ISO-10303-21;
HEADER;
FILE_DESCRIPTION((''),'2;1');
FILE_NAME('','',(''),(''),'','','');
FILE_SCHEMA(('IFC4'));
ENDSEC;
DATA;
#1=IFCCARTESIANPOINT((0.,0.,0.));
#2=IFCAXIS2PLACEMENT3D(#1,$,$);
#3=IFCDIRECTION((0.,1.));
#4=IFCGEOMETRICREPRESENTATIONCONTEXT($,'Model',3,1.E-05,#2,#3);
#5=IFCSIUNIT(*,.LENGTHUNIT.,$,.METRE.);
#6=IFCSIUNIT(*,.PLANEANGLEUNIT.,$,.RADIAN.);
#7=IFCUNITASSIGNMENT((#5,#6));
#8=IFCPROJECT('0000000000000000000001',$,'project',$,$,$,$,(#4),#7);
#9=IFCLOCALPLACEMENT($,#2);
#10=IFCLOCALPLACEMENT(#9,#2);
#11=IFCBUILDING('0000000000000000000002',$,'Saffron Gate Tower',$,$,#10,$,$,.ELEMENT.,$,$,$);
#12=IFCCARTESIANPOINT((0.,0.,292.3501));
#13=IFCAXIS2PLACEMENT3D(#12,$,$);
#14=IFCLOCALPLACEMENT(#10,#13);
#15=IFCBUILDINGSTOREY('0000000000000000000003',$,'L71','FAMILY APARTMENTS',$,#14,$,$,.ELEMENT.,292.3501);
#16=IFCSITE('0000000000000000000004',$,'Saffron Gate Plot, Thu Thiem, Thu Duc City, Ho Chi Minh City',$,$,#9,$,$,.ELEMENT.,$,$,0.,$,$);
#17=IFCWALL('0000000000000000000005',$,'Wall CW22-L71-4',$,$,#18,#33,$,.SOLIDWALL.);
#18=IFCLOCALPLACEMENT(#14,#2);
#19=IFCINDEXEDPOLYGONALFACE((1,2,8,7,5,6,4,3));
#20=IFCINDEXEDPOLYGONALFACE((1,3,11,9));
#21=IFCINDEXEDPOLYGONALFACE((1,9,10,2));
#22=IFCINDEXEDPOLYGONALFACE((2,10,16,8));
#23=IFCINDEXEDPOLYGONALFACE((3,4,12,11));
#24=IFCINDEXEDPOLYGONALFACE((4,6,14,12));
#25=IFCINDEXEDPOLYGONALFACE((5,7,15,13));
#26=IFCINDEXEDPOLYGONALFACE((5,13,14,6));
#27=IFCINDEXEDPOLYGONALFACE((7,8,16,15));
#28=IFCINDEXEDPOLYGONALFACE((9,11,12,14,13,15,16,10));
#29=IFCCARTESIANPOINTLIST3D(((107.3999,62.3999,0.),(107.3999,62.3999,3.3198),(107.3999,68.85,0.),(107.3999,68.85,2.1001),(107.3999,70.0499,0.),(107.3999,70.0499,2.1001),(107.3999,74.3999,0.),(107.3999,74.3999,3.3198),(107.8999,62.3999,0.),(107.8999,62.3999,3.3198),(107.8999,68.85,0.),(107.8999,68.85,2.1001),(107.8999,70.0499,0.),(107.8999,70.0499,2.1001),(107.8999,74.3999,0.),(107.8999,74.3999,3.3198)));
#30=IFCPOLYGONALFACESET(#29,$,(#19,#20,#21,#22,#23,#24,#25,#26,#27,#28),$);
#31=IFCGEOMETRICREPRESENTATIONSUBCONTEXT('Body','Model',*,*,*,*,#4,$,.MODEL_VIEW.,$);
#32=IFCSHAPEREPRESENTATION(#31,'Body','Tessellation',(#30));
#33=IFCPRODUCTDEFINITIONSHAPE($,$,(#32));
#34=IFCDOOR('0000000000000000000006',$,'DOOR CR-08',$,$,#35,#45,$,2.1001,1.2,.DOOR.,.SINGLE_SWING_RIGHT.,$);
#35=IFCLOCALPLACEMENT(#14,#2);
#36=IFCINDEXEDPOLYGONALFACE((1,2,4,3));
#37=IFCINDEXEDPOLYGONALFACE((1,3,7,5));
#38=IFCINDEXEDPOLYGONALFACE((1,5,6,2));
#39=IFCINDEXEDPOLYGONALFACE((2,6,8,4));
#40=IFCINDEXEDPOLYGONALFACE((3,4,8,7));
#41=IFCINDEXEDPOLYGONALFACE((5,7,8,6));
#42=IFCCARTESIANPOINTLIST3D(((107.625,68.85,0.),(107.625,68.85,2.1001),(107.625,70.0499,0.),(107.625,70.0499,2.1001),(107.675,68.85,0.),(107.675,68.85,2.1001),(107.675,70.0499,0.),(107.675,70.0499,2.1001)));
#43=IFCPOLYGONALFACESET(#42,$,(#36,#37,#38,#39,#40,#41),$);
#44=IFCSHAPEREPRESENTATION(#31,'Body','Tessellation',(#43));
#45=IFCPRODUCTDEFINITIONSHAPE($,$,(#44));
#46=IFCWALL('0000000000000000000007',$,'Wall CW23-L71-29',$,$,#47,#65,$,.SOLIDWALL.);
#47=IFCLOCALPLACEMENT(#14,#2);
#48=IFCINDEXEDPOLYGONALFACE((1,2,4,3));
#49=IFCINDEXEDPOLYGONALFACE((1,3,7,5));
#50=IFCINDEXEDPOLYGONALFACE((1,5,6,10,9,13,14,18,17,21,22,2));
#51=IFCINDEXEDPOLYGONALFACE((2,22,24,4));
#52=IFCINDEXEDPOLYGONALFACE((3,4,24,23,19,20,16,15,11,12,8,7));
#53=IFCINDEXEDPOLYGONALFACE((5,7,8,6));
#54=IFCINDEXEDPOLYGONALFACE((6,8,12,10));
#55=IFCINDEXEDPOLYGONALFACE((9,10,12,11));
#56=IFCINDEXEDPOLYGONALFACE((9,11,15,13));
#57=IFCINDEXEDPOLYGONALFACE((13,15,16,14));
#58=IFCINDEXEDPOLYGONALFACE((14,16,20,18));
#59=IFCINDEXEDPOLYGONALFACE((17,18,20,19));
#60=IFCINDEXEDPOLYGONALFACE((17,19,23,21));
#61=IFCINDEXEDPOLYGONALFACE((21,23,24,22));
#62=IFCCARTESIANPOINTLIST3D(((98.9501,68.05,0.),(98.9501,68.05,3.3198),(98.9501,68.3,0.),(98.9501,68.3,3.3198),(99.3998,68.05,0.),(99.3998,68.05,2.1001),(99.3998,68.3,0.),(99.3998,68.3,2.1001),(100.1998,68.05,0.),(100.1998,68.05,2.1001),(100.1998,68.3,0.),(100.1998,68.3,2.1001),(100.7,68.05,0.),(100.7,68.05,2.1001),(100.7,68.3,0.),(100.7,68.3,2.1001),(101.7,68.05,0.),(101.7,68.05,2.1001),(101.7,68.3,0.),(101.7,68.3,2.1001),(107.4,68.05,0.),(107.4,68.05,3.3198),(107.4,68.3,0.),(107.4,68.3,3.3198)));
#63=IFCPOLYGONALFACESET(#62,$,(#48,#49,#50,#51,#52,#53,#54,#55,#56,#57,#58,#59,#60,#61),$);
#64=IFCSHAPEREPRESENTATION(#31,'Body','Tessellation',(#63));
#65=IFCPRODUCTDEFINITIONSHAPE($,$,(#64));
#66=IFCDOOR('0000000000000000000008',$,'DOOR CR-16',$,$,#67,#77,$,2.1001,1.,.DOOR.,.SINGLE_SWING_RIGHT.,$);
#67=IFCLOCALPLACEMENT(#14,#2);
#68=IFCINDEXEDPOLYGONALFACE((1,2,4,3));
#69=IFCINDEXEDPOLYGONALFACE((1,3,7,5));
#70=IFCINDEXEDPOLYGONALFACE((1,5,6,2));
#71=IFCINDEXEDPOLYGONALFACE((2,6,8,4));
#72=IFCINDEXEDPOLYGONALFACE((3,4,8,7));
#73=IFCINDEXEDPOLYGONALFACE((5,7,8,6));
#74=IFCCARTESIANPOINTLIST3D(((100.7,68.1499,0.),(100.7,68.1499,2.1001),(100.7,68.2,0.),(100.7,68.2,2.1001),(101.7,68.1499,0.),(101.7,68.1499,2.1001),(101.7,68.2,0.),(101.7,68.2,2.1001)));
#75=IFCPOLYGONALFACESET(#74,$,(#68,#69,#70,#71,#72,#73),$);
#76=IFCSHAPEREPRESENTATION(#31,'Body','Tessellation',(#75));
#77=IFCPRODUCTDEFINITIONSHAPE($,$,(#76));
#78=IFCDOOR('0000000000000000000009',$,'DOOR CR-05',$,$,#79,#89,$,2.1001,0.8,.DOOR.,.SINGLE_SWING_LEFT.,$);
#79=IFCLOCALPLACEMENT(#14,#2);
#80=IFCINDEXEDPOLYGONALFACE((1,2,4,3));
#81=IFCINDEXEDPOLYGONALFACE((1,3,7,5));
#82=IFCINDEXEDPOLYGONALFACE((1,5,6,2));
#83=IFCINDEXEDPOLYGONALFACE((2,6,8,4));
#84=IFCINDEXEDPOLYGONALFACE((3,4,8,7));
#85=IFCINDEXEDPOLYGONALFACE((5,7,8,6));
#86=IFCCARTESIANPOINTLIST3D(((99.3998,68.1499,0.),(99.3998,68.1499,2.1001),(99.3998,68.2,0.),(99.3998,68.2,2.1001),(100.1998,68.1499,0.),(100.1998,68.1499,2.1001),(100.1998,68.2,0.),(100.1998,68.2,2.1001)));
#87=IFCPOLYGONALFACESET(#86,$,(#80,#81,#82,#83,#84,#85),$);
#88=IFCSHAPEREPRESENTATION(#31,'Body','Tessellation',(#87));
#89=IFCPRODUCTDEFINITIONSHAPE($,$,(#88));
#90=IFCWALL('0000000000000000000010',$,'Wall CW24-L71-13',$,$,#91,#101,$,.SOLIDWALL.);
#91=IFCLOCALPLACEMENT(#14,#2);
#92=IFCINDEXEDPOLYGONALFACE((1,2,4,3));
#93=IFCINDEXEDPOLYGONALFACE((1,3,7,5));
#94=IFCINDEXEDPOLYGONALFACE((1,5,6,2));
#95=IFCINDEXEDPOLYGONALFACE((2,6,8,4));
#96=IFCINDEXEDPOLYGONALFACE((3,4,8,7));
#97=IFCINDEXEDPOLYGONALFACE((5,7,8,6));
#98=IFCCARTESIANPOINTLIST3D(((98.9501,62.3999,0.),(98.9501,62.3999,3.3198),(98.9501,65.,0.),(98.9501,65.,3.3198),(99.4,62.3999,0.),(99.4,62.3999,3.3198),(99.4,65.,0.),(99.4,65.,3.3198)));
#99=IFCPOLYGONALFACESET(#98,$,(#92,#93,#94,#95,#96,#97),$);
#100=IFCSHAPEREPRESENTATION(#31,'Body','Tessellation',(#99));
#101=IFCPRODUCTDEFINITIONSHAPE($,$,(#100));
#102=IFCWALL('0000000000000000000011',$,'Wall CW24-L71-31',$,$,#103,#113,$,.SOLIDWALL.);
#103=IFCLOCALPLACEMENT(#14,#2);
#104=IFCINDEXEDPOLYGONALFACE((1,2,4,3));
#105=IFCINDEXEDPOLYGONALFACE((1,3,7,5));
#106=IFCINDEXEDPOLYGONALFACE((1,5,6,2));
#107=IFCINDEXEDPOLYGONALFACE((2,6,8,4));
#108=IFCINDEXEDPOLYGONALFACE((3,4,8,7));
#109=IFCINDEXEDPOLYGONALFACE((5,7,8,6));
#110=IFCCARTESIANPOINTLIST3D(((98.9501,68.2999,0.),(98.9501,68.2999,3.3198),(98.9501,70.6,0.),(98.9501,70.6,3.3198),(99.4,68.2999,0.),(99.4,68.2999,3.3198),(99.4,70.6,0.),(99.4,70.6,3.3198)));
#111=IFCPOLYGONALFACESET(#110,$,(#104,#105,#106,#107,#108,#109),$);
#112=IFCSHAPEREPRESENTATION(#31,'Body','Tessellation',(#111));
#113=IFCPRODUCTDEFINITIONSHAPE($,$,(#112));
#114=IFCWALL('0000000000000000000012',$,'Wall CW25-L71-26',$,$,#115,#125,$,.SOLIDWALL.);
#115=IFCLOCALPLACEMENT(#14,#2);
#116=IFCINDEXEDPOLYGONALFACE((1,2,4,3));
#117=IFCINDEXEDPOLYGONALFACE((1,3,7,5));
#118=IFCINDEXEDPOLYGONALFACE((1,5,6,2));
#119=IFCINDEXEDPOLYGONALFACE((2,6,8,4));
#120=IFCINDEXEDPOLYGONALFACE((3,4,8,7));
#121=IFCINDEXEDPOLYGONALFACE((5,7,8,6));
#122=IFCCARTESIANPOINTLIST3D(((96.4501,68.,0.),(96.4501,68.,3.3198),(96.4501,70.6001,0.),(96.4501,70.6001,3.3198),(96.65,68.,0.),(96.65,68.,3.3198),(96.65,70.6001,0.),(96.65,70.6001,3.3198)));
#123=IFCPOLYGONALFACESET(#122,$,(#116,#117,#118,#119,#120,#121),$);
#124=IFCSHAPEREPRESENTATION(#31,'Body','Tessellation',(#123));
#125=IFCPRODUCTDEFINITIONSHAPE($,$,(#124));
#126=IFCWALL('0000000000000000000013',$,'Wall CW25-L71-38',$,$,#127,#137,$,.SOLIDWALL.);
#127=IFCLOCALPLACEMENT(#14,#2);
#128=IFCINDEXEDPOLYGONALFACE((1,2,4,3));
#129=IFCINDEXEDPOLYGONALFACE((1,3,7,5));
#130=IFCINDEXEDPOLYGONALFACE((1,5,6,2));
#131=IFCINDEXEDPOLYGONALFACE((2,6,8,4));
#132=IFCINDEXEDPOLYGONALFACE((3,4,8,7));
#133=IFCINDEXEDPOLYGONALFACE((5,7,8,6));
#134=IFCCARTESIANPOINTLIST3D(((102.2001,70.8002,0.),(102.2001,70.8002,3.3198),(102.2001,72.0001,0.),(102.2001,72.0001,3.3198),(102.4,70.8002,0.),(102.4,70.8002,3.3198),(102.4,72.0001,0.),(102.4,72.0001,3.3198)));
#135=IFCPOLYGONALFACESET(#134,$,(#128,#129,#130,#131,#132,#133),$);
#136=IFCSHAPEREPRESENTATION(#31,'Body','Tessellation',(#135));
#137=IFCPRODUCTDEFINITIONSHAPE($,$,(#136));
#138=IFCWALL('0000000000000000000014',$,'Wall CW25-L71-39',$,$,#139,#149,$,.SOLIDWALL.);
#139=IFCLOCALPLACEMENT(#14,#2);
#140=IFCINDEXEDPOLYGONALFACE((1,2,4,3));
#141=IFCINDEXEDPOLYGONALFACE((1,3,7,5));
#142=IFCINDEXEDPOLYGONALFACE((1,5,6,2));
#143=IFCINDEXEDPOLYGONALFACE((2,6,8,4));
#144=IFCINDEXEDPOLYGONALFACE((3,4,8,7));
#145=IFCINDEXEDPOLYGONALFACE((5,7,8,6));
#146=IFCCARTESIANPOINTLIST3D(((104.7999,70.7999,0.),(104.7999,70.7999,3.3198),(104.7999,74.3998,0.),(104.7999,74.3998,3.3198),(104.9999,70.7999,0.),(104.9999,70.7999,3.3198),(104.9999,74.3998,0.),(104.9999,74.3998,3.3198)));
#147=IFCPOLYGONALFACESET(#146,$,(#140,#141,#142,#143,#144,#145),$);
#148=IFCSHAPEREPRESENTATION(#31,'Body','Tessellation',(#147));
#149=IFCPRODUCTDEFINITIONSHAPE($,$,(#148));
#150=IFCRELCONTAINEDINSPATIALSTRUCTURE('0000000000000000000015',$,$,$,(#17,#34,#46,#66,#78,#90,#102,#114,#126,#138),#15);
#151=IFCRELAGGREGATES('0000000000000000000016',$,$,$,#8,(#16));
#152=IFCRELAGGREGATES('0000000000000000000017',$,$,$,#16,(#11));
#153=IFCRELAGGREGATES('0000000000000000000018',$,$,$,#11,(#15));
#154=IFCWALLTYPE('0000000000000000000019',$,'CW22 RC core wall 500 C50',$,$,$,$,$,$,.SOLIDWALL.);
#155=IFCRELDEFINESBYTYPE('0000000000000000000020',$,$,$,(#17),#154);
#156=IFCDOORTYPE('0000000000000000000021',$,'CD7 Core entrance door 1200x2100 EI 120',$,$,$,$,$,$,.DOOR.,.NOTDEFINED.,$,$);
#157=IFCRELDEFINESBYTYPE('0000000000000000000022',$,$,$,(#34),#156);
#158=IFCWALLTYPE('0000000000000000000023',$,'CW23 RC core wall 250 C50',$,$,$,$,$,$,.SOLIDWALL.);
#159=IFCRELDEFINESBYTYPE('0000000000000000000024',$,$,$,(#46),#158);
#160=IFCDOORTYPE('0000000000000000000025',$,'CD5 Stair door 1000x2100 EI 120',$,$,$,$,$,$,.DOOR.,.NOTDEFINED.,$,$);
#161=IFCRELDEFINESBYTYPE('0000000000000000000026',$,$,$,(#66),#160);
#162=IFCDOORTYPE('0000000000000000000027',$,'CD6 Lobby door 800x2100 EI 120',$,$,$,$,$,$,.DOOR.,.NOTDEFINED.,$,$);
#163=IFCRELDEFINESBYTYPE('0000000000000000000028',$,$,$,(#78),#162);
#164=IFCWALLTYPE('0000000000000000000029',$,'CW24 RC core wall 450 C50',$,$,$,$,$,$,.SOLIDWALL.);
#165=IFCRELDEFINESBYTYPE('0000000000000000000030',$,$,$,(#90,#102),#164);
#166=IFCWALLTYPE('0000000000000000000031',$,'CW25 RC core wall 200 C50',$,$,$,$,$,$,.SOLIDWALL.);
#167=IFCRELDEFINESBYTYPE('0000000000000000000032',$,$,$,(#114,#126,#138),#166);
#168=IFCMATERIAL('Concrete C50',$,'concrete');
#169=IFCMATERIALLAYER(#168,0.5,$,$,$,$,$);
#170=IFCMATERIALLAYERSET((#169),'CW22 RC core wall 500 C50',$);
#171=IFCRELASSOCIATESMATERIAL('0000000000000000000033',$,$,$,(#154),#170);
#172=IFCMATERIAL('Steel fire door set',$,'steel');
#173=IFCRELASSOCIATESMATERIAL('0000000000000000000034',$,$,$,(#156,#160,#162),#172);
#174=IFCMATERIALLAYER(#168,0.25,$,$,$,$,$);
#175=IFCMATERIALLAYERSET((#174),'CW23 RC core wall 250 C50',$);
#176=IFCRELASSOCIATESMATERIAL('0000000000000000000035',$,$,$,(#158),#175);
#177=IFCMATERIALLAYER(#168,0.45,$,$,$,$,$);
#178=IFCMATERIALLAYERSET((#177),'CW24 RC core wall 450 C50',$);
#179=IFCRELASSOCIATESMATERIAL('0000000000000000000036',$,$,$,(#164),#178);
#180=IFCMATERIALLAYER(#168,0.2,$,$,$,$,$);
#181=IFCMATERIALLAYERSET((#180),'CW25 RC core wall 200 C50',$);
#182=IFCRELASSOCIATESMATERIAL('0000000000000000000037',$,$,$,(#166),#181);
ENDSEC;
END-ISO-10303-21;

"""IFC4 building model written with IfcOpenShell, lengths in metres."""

from ifc_helpers import new_model, si_unit, direction, frame, frame_2d, origin, place, context, subcontext, project, spatial, rectangle, extrude, material, layer, layer_set, type_object, element, fill, save


model = new_model("IFC4")

# Units and contexts
model_context = context("Model", 3, precision=1e-05, world=origin(), true_north=direction((0.0, 1.0)))
body_context = subcontext(model_context, "Body", "Model", "MODEL_VIEW")
ifc_project = project(units=[si_unit("LENGTHUNIT", "METRE"), si_unit("PLANEANGLEUNIT", "RADIAN")], contexts=[model_context])

# Site, building, storey
site_placement = place(None, origin())
site = spatial("IfcSite", under=ifc_project, at=site_placement, Name="Saffron Gate Plot, Thu Thiem, Thu Duc City, Ho Chi Minh City", CompositionType="ELEMENT", RefElevation=0.0)
building_placement = place(site_placement, origin())
building = spatial("IfcBuilding", under=site, at=building_placement, Name="Saffron Gate Tower", CompositionType="ELEMENT")
storey_placement = place(building_placement, frame((0.0, 0.0, 292.3501)))
storey = spatial("IfcBuildingStorey", under=building, at=storey_placement, Name="L71", Description="FAMILY APARTMENTS", CompositionType="ELEMENT", Elevation=292.3501)

# Wall, opening, door
ifc_material_1 = material(Name="Concrete C50", Category="concrete")
ifc_layer_1 = layer(ifc_material_1, 0.5)
ifc_layer_set_1 = layer_set([ifc_layer_1], Name="CW22 RC core wall 500 C50")
wall_type_1 = type_object("IfcWallType", Name="CW22 RC core wall 500 C50", PredefinedType="SOLIDWALL", material=ifc_layer_set_1)
wall_1_placement = place(storey_placement, frame((107.6499, 62.3999, 0.0), z_axis=(0.0, 0.0, 1.0), x_axis=(0.0, 1.0, 0.0)))
wall_1 = element("IfcWall", 1, at=wall_1_placement, inside=storey, type_object=wall_type_1, Name="Wall CW22-L71-4", PredefinedType="SOLIDWALL", context=body_context, shape_type="SweptSolid", body=[
    extrude(rectangle(XDim=12.0, YDim=0.5, at=frame_2d((6.0, 0.0))), origin(), (0.0, 0.0, 1.0), 3.3198),
])
opening_1_placement = place(wall_1_placement, frame((6.45, 0.0, 0.0)))
opening_1 = element("IfcOpeningElement", 2, at=opening_1_placement, cuts=wall_1, PredefinedType="OPENING", context=body_context, shape_type="SweptSolid", body=[
    extrude(rectangle(XDim=1.2, YDim=2.1001, at=frame_2d((0.6001, 1.05))), frame((0.0, 0.26, 0.0), z_axis=(0.0, -1.0, 0.0), x_axis=(1.0, 0.0, 0.0)), (0.0, 0.0, 1.0), 0.52),
])
ifc_material_2 = material(Name="Steel fire door set", Category="steel")
door_type_1 = type_object("IfcDoorType", Name="CD7 Core entrance door 1200x2100 EI 120", OperationType="NOTDEFINED", PredefinedType="DOOR", material=ifc_material_2)
door_1_placement = place(opening_1_placement, origin())
door_1 = element("IfcDoor", 3, at=door_1_placement, inside=storey, type_object=door_type_1, Name="DOOR CR-08", OperationType="SINGLE_SWING_RIGHT", OverallHeight=2.1001, OverallWidth=1.2, PredefinedType="DOOR", context=body_context, shape_type="SweptSolid", body=[
    extrude(rectangle(XDim=1.2, YDim=2.1001, at=frame_2d((0.6001, 1.05))), frame((0.0, 0.0249, 0.0), z_axis=(0.0, -1.0, 0.0), x_axis=(1.0, 0.0, 0.0)), (0.0, 0.0, 1.0), 0.05),
])
fill(opening_1, door_1)

# Wall, openings, doors
ifc_layer_2 = layer(ifc_material_1, 0.25)
ifc_layer_set_2 = layer_set([ifc_layer_2], Name="CW23 RC core wall 250 C50")
wall_type_2 = type_object("IfcWallType", Name="CW23 RC core wall 250 C50", PredefinedType="SOLIDWALL", material=ifc_layer_set_2)
wall_2_placement = place(storey_placement, frame((98.95, 68.175, 0.0), z_axis=(0.0, 0.0, 1.0), x_axis=(1.0, 0.0, 0.0)))
wall_2 = element("IfcWall", 4, at=wall_2_placement, inside=storey, type_object=wall_type_2, Name="Wall CW23-L71-29", PredefinedType="SOLIDWALL", context=body_context, shape_type="SweptSolid", body=[
    extrude(rectangle(XDim=8.45, YDim=0.25, at=frame_2d((4.2251, 0.0))), origin(), (0.0, 0.0, 1.0), 3.3198),
])
opening_2_placement = place(wall_2_placement, frame((0.45, 0.0, 0.0)))
opening_2 = element("IfcOpeningElement", 5, at=opening_2_placement, cuts=wall_2, PredefinedType="OPENING", context=body_context, shape_type="SweptSolid", body=[
    extrude(rectangle(XDim=0.8, YDim=2.1001, at=frame_2d((0.3999, 1.05))), frame((0.0, 0.135, 0.0), z_axis=(0.0, -1.0, 0.0), x_axis=(1.0, 0.0, 0.0)), (0.0, 0.0, 1.0), 0.27),
])
opening_3_placement = place(wall_2_placement, frame((1.75, 0.0, 0.0)))
opening_3 = element("IfcOpeningElement", 6, at=opening_3_placement, cuts=wall_2, PredefinedType="OPENING", context=body_context, shape_type="SweptSolid", body=[
    extrude(rectangle(XDim=1.0, YDim=2.1001, at=frame_2d((0.5, 1.05))), frame((0.0, 0.135, 0.0), z_axis=(0.0, -1.0, 0.0), x_axis=(1.0, 0.0, 0.0)), (0.0, 0.0, 1.0), 0.27),
])
door_type_2 = type_object("IfcDoorType", Name="CD5 Stair door 1000x2100 EI 120", OperationType="NOTDEFINED", PredefinedType="DOOR", material=ifc_material_2)
door_2_placement = place(opening_3_placement, origin())
door_2 = element("IfcDoor", 7, at=door_2_placement, inside=storey, type_object=door_type_2, Name="DOOR CR-16", OperationType="SINGLE_SWING_RIGHT", OverallHeight=2.1001, OverallWidth=1.0, PredefinedType="DOOR", context=body_context, shape_type="SweptSolid", body=[
    extrude(rectangle(XDim=1.0, YDim=2.1001, at=frame_2d((0.5, 1.05))), frame((0.0, 0.0249, 0.0), z_axis=(0.0, -1.0, 0.0), x_axis=(1.0, 0.0, 0.0)), (0.0, 0.0, 1.0), 0.05),
])
fill(opening_3, door_2)
door_type_3 = type_object("IfcDoorType", Name="CD6 Lobby door 800x2100 EI 120", OperationType="NOTDEFINED", PredefinedType="DOOR", material=ifc_material_2)
door_3_placement = place(opening_2_placement, origin())
door_3 = element("IfcDoor", 8, at=door_3_placement, inside=storey, type_object=door_type_3, Name="DOOR CR-05", OperationType="SINGLE_SWING_LEFT", OverallHeight=2.1001, OverallWidth=0.8, PredefinedType="DOOR", context=body_context, shape_type="SweptSolid", body=[
    extrude(rectangle(XDim=0.8, YDim=2.1001, at=frame_2d((0.3999, 1.05))), frame((0.0, 0.0249, 0.0), z_axis=(0.0, -1.0, 0.0), x_axis=(1.0, 0.0, 0.0)), (0.0, 0.0, 1.0), 0.05),
])
fill(opening_2, door_3)

# Walls
ifc_layer_3 = layer(ifc_material_1, 0.45)
ifc_layer_set_3 = layer_set([ifc_layer_3], Name="CW24 RC core wall 450 C50")
wall_type_3 = type_object("IfcWallType", Name="CW24 RC core wall 450 C50", PredefinedType="SOLIDWALL", material=ifc_layer_set_3)
wall_3_placement = place(storey_placement, frame((99.175, 62.3999, 0.0), z_axis=(0.0, 0.0, 1.0), x_axis=(0.0, 1.0, 0.0)))
element("IfcWall", 9, at=wall_3_placement, inside=storey, type_object=wall_type_3, Name="Wall CW24-L71-13", PredefinedType="SOLIDWALL", context=body_context, shape_type="SweptSolid", body=[
    extrude(rectangle(XDim=2.6001, YDim=0.45, at=frame_2d((1.3, 0.0))), origin(), (0.0, 0.0, 1.0), 3.3198),
])
wall_4_placement = place(storey_placement, frame((99.175, 68.3, 0.0), z_axis=(0.0, 0.0, 1.0), x_axis=(0.0, 1.0, 0.0)))
element("IfcWall", 10, at=wall_4_placement, inside=storey, type_object=wall_type_3, Name="Wall CW24-L71-31", PredefinedType="SOLIDWALL", context=body_context, shape_type="SweptSolid", body=[
    extrude(rectangle(XDim=2.3, YDim=0.45, at=frame_2d((1.1499, 0.0))), origin(), (0.0, 0.0, 1.0), 3.3198),
])
ifc_layer_4 = layer(ifc_material_1, 0.2)
ifc_layer_set_4 = layer_set([ifc_layer_4], Name="CW25 RC core wall 200 C50")
wall_type_4 = type_object("IfcWallType", Name="CW25 RC core wall 200 C50", PredefinedType="SOLIDWALL", material=ifc_layer_set_4)
wall_5_placement = place(storey_placement, frame((96.55, 68.0, 0.0), z_axis=(0.0, 0.0, 1.0), x_axis=(0.0, 1.0, 0.0)))
element("IfcWall", 11, at=wall_5_placement, inside=storey, type_object=wall_type_4, Name="Wall CW25-L71-26", PredefinedType="SOLIDWALL", context=body_context, shape_type="SweptSolid", body=[
    extrude(rectangle(XDim=2.6001, YDim=0.2, at=frame_2d((1.3, 0.0))), origin(), (0.0, 0.0, 1.0), 3.3198),
])
wall_6_placement = place(storey_placement, frame((102.3, 70.8, 0.0), z_axis=(0.0, 0.0, 1.0), x_axis=(0.0, 1.0, 0.0)))
element("IfcWall", 12, at=wall_6_placement, inside=storey, type_object=wall_type_4, Name="Wall CW25-L71-38", PredefinedType="SOLIDWALL", context=body_context, shape_type="SweptSolid", body=[
    extrude(rectangle(XDim=1.2, YDim=0.2, at=frame_2d((0.6001, 0.0))), origin(), (0.0, 0.0, 1.0), 3.3198),
])
wall_7_placement = place(storey_placement, frame((104.8999, 70.8, 0.0), z_axis=(0.0, 0.0, 1.0), x_axis=(0.0, 1.0, 0.0)))
element("IfcWall", 13, at=wall_7_placement, inside=storey, type_object=wall_type_4, Name="Wall CW25-L71-39", PredefinedType="SOLIDWALL", context=body_context, shape_type="SweptSolid", body=[
    extrude(rectangle(XDim=3.5999, YDim=0.2, at=frame_2d((1.7998, 0.0))), origin(), (0.0, 0.0, 1.0), 3.3198),
])

save(model, "model.ifc")
